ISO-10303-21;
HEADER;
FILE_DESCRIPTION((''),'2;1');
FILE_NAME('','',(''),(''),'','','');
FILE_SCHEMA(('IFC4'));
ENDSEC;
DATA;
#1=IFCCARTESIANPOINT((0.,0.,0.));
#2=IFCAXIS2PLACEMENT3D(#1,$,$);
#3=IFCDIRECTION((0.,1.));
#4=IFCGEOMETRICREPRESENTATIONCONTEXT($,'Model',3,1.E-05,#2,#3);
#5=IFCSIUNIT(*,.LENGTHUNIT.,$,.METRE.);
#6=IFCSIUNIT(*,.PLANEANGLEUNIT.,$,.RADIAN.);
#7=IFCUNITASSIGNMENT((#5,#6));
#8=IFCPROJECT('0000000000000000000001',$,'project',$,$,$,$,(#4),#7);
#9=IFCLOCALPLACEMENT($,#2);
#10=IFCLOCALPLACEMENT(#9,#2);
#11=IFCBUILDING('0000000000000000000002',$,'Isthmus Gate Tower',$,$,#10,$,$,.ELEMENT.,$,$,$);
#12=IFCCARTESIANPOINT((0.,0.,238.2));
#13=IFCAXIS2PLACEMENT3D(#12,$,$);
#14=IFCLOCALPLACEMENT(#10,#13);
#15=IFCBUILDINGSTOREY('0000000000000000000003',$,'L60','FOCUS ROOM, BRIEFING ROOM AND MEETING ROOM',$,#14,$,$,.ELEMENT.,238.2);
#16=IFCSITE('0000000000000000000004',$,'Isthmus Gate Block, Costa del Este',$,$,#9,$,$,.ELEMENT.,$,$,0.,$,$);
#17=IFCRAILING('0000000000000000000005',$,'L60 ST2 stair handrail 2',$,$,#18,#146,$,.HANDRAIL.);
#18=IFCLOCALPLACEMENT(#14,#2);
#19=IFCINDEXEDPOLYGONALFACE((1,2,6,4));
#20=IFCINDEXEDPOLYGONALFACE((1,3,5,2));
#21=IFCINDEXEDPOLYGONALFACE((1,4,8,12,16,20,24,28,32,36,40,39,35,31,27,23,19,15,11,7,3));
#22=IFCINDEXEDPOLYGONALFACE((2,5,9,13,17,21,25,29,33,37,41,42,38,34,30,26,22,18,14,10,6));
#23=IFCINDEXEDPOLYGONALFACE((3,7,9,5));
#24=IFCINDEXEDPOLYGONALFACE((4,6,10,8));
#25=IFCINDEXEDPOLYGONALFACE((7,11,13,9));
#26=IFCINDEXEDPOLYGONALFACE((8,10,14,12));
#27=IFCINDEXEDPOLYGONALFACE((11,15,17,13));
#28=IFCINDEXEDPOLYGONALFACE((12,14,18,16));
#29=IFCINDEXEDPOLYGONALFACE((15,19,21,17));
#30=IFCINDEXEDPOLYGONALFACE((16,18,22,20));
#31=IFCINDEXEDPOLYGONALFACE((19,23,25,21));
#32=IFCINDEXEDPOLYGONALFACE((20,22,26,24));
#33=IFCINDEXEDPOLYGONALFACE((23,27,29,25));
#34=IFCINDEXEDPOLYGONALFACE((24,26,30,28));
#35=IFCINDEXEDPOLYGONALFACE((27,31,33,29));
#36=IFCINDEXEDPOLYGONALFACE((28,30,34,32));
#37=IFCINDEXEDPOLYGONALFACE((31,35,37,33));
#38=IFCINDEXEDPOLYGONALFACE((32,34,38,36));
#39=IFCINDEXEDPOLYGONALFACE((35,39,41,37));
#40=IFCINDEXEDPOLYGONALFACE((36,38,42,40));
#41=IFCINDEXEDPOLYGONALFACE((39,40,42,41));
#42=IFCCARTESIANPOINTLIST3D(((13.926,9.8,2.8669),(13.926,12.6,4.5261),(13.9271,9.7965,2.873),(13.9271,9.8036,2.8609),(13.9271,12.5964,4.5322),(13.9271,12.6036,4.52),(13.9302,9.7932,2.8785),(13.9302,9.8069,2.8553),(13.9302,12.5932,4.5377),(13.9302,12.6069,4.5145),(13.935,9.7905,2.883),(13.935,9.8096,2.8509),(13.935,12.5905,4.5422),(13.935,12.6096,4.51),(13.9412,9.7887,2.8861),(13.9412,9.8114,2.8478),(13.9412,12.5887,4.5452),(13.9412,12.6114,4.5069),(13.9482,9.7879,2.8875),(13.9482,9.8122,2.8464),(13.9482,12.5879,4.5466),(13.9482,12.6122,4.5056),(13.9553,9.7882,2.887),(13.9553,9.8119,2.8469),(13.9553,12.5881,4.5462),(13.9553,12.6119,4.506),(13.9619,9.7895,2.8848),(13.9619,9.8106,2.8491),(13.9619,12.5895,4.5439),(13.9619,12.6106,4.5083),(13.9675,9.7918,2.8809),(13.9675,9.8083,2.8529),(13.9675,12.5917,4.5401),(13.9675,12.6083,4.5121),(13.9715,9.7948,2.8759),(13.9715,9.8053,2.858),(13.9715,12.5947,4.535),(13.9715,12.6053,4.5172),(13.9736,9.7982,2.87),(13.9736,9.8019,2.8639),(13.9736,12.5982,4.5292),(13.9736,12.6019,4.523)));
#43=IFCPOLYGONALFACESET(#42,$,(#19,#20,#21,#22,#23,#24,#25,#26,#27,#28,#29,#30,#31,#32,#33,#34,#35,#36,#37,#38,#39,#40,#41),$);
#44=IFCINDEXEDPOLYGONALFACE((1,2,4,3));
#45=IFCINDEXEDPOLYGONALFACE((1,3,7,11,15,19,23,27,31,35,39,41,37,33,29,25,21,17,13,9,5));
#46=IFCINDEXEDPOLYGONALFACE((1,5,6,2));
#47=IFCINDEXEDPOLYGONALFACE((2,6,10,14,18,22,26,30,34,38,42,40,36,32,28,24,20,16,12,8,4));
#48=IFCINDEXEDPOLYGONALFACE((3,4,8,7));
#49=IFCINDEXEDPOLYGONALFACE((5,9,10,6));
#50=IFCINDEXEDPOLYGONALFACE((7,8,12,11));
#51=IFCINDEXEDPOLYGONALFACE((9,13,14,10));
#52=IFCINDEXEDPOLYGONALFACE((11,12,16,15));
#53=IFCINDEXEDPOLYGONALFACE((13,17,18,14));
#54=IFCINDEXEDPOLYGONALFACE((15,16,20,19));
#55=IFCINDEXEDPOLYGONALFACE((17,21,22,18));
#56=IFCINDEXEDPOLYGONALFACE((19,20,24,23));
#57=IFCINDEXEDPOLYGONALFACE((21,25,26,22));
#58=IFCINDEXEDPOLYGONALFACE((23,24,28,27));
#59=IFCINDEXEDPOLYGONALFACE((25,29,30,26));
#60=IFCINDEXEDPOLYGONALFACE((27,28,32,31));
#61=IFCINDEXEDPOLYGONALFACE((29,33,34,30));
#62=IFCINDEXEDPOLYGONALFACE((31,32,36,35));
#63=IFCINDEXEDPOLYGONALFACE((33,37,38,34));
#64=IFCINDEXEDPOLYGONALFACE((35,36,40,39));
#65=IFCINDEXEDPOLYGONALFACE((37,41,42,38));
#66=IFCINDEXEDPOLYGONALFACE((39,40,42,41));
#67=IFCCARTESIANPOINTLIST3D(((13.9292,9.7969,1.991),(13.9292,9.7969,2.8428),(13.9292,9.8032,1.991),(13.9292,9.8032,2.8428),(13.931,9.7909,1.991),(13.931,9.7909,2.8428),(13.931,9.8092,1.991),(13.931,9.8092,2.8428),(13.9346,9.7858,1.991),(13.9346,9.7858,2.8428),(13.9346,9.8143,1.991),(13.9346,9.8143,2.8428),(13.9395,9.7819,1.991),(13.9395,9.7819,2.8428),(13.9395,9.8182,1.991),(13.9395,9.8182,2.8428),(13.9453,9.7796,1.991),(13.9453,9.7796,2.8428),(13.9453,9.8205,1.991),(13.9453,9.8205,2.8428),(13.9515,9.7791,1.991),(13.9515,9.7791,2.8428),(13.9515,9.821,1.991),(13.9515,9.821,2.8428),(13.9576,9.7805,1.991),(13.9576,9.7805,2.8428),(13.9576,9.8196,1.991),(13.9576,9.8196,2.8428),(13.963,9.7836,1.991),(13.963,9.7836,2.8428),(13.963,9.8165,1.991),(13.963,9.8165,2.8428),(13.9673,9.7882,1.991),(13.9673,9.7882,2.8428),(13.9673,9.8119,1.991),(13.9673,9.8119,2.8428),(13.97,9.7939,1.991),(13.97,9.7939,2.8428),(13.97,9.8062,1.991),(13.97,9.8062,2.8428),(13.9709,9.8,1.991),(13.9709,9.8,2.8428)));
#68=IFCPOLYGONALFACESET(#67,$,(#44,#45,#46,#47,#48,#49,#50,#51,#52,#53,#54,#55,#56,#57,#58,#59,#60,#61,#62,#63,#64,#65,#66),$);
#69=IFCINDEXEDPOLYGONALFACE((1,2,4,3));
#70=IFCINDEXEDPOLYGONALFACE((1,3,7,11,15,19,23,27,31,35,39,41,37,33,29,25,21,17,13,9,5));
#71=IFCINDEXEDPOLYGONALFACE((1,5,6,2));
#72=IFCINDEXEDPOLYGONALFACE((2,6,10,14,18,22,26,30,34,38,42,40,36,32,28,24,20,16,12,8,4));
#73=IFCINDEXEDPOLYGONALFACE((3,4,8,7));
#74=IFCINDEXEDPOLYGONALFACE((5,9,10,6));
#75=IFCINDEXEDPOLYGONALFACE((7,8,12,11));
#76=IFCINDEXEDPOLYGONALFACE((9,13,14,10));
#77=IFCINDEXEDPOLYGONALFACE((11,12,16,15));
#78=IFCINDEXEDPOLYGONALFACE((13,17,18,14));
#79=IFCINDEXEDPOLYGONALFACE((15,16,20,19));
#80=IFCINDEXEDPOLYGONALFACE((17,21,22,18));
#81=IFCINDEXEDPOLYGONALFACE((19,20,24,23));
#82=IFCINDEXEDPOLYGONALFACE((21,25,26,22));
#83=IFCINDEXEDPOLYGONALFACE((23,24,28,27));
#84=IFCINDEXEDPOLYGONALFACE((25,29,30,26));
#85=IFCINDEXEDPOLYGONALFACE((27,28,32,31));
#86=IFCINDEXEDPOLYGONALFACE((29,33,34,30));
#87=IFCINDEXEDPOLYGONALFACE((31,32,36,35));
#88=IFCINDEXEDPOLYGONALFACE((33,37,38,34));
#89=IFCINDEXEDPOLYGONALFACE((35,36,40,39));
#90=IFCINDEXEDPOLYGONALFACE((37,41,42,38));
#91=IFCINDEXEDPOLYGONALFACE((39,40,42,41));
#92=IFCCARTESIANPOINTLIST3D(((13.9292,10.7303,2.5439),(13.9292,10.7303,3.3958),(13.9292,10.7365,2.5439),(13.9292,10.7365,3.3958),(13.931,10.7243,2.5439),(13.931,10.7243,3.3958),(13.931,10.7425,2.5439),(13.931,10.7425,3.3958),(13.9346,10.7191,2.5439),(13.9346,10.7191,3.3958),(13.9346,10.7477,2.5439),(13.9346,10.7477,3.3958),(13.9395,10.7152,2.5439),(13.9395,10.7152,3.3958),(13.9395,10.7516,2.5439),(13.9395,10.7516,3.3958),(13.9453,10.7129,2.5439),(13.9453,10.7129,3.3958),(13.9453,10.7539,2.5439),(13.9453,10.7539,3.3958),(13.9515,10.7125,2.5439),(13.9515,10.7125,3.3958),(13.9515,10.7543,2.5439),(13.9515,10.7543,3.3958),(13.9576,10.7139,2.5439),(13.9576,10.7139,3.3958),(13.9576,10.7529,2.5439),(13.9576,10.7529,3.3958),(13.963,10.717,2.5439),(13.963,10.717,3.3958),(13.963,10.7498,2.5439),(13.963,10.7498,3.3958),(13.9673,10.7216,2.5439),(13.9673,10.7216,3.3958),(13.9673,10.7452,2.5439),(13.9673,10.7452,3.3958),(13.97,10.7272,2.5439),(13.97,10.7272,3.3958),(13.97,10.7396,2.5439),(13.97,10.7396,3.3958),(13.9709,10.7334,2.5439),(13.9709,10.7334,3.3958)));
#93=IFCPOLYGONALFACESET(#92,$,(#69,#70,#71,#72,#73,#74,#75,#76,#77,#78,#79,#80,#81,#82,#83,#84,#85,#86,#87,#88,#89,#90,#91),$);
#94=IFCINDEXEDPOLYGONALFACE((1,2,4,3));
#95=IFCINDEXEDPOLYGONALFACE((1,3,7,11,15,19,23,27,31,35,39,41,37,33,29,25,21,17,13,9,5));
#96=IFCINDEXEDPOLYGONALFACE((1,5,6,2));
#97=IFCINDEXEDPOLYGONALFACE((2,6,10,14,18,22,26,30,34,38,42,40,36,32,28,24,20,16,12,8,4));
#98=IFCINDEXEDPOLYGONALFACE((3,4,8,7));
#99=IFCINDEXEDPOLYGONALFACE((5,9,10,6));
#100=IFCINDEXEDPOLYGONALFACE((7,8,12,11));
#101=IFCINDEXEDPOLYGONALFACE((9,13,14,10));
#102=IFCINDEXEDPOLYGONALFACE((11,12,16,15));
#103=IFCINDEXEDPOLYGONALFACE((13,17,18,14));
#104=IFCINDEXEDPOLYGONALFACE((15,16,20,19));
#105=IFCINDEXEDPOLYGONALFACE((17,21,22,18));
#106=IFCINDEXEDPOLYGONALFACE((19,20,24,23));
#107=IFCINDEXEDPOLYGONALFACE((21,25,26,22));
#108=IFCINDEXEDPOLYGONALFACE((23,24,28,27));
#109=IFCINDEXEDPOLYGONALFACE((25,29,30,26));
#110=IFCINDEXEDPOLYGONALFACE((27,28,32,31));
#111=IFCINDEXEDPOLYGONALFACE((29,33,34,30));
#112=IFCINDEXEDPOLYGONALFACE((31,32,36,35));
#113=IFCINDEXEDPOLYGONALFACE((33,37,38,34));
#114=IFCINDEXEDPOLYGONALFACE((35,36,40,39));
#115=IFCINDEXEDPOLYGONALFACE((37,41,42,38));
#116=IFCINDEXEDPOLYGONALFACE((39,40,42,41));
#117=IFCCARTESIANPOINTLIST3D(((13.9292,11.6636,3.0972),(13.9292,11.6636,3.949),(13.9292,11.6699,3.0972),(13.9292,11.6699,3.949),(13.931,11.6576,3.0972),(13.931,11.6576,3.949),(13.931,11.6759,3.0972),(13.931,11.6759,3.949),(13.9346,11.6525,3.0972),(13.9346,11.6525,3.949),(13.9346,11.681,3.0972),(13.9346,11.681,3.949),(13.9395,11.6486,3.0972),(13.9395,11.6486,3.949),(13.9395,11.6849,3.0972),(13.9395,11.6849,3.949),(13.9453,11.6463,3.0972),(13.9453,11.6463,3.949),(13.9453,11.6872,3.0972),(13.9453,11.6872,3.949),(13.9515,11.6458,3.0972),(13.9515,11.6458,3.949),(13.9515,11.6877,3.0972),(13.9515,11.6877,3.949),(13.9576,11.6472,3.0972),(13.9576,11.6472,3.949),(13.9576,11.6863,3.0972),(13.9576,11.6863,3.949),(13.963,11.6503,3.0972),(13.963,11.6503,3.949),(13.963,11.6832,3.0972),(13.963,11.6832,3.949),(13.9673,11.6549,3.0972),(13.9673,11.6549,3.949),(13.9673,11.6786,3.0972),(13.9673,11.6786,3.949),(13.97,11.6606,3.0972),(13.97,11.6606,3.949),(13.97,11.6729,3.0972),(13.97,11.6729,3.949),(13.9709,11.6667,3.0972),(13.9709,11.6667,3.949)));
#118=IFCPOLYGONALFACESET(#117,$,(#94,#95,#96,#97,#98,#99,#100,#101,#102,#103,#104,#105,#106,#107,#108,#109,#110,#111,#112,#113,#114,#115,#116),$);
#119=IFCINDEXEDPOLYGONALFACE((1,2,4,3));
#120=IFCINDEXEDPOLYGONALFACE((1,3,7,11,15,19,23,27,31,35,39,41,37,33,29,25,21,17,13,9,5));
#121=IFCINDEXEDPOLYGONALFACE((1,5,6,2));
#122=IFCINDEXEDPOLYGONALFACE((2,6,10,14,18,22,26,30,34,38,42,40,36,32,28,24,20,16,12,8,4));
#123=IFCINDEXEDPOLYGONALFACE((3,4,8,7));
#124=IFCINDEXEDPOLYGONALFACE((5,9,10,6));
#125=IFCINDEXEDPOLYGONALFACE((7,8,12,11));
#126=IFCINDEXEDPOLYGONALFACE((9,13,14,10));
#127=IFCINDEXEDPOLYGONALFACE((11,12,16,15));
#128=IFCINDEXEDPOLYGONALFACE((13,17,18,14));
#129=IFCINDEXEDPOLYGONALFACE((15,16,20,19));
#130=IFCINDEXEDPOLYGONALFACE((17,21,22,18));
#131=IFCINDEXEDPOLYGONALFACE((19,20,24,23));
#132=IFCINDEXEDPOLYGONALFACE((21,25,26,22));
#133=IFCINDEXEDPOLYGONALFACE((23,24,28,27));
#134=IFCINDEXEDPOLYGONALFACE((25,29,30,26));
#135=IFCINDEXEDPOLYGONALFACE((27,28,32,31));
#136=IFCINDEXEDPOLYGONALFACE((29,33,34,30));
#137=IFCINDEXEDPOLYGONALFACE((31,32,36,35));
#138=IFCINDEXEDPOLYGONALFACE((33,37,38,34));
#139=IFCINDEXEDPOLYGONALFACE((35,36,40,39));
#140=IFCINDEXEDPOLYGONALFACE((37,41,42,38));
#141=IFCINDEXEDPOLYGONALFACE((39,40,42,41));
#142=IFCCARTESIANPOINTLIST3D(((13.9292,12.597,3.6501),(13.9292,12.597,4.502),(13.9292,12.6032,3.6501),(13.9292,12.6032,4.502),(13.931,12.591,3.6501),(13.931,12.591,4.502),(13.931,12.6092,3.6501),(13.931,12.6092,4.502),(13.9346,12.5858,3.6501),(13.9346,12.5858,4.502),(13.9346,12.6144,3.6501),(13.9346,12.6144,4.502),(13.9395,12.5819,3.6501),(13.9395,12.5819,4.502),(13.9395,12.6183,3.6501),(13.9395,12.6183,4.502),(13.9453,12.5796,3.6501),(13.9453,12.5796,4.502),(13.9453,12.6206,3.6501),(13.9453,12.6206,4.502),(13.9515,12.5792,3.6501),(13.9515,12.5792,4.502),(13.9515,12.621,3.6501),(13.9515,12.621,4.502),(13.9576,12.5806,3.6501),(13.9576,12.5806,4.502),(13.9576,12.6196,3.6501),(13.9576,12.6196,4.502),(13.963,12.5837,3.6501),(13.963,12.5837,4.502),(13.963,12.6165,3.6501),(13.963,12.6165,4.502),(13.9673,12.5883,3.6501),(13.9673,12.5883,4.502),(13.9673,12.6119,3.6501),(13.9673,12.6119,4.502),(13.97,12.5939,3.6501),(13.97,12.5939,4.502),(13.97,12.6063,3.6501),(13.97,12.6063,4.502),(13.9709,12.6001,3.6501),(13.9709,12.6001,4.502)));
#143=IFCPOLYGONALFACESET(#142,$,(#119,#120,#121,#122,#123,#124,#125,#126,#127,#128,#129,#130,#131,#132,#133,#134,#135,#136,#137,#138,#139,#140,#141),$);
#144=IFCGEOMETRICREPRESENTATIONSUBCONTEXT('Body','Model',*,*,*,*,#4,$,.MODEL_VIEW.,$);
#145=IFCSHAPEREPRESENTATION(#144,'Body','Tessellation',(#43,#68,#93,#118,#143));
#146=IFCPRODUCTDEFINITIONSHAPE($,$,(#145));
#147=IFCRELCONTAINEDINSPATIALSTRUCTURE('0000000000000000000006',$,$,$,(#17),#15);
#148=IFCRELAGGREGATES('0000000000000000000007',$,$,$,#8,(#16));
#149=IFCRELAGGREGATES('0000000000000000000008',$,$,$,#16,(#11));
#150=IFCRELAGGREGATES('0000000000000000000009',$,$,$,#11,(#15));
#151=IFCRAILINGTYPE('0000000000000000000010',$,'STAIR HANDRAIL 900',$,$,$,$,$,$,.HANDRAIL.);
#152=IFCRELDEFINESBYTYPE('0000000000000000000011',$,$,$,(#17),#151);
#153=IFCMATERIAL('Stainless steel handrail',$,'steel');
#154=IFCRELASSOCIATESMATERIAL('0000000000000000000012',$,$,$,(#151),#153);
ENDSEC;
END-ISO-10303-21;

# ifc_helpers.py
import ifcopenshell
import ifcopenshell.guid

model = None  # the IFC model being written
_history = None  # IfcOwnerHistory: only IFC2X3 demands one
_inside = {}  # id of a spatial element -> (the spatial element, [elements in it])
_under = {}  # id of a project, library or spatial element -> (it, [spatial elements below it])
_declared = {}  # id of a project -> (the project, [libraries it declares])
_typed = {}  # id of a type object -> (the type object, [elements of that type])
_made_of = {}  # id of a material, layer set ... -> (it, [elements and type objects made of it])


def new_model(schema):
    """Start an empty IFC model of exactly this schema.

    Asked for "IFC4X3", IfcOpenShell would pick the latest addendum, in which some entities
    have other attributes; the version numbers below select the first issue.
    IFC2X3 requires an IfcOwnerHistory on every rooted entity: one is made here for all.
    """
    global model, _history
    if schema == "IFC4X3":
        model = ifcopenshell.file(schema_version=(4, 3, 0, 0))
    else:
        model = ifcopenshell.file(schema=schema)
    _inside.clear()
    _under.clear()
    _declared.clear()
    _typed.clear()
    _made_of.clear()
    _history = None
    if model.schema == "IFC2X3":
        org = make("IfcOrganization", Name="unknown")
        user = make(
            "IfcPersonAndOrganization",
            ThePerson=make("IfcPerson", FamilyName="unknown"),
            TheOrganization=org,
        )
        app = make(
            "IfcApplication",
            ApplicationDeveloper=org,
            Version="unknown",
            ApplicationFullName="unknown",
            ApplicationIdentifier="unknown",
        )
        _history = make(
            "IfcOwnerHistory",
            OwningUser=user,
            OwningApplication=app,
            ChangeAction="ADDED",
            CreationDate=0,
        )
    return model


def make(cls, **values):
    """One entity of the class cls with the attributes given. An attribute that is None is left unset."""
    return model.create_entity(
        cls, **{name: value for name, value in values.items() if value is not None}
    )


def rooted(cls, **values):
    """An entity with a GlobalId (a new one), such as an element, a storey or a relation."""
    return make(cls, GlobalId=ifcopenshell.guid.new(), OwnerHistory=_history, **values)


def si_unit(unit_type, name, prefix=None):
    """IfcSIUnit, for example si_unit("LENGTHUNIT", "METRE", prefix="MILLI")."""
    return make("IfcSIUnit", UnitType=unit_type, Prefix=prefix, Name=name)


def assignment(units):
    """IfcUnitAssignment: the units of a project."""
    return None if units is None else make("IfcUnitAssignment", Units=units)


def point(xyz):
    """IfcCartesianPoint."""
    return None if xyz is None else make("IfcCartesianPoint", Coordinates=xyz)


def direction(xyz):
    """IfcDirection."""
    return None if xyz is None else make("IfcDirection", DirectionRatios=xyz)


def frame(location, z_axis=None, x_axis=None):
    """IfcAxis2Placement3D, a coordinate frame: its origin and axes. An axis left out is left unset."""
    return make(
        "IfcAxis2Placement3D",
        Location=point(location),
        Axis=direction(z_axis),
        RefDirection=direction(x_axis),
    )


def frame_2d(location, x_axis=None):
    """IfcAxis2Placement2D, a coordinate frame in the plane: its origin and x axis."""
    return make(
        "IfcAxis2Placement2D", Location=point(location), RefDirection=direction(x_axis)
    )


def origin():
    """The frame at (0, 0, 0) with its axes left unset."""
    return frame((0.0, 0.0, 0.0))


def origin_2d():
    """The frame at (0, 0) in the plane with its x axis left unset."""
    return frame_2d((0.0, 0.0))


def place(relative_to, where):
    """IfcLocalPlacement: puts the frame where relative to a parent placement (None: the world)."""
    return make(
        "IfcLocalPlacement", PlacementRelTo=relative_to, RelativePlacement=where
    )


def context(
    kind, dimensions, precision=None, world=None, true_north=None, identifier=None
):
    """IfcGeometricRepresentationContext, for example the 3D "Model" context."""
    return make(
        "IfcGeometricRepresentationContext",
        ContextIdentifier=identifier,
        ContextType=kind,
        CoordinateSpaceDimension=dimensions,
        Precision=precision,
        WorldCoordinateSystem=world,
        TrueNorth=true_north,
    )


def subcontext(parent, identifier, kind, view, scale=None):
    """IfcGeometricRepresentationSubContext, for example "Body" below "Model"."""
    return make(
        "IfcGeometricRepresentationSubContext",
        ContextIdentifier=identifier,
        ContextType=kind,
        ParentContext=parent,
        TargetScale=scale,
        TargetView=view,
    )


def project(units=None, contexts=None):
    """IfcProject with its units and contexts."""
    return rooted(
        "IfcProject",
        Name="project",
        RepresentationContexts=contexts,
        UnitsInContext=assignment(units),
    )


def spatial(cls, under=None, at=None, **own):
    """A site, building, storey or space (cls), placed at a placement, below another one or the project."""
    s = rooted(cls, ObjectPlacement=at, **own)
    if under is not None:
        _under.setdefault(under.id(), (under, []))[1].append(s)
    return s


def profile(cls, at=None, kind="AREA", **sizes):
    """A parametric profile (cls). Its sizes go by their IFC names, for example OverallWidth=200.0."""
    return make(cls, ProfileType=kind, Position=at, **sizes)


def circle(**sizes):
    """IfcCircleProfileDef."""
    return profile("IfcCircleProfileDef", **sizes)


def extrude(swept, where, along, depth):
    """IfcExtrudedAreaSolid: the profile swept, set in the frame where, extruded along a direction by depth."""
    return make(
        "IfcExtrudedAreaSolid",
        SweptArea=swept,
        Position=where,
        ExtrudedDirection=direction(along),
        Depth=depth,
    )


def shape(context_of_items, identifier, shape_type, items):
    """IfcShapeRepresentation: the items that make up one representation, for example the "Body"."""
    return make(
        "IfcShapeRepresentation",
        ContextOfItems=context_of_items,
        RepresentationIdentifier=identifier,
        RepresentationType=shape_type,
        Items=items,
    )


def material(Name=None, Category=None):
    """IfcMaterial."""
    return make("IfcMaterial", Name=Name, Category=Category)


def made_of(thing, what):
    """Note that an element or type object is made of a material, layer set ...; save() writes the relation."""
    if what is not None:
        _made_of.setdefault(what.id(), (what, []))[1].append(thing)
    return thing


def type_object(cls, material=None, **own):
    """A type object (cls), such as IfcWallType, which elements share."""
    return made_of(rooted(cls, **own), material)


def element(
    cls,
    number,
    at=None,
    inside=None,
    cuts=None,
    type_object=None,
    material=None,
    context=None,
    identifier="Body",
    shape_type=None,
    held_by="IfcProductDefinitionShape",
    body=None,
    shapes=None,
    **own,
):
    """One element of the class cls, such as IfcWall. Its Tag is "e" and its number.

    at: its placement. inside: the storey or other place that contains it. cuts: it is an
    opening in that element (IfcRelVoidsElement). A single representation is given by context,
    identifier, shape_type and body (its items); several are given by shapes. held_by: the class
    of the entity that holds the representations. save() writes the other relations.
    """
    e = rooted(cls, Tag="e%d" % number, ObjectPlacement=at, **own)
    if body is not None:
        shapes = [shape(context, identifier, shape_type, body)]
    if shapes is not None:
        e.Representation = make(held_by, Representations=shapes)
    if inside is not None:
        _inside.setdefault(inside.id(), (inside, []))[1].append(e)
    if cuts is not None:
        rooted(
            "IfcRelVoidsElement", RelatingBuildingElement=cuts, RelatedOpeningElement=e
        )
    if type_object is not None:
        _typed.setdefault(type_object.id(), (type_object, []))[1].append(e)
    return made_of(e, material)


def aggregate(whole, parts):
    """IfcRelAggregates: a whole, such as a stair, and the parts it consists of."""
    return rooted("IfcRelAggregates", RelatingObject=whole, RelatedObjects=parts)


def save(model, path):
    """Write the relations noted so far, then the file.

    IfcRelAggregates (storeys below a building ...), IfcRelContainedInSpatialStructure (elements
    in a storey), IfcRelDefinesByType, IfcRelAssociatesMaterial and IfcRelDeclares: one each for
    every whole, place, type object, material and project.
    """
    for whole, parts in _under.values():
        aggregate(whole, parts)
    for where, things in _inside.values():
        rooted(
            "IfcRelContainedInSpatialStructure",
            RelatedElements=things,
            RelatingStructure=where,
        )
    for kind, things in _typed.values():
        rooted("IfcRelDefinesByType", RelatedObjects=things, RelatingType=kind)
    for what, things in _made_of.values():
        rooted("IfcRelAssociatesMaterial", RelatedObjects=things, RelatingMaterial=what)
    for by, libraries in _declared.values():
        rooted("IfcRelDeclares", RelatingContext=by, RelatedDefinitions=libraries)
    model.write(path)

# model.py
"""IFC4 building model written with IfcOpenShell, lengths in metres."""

from ifc_helpers import new_model, si_unit, direction, frame, origin, origin_2d, place, context, subcontext, project, spatial, circle, extrude, material, type_object, element, save


model = new_model("IFC4")

# Units and contexts
model_context = context("Model", 3, precision=1e-05, world=origin(), true_north=direction((0.0, 1.0)))
body_context = subcontext(model_context, "Body", "Model", "MODEL_VIEW")
ifc_project = project(units=[si_unit("LENGTHUNIT", "METRE"), si_unit("PLANEANGLEUNIT", "RADIAN")], contexts=[model_context])

# Site, building, storey
site_placement = place(None, origin())
site = spatial("IfcSite", under=ifc_project, at=site_placement, Name="Isthmus Gate Block, Costa del Este", CompositionType="ELEMENT", RefElevation=0.0)
building_placement = place(site_placement, origin())
building = spatial("IfcBuilding", under=site, at=building_placement, Name="Isthmus Gate Tower", CompositionType="ELEMENT")
storey_placement = place(building_placement, frame((0.0, 0.0, 238.2)))
storey = spatial("IfcBuildingStorey", under=building, at=storey_placement, Name="L60", Description="FOCUS ROOM, BRIEFING ROOM AND MEETING ROOM", CompositionType="ELEMENT", Elevation=238.2)

# Railing
ifc_material_1 = material(Name="Stainless steel handrail", Category="steel")
railing_type_1 = type_object("IfcRailingType", Name="STAIR HANDRAIL 900", PredefinedType="HANDRAIL", material=ifc_material_1)
railing_1_placement = place(storey_placement, frame((13.95, 9.8, 1.991)))
element("IfcRailing", 1, at=railing_1_placement, inside=storey, type_object=railing_type_1, Name="L60 ST2 stair handrail 2", PredefinedType="HANDRAIL", context=body_context, shape_type="SweptSolid", body=[
    extrude(circle(Radius=0.0239, at=origin_2d()), frame((0.0, 0.0, 0.876), z_axis=(0.0, 0.860306, 0.509778), x_axis=(-1.0, 0.0, 0.0)), (0.0, 0.0, 1.0), 3.2546),
    extrude(circle(Radius=0.021, at=origin_2d()), origin(), (0.0, 0.0, 1.0), 0.8518),
    extrude(circle(Radius=0.021, at=origin_2d()), frame((0.0, 0.9333, 0.553)), (0.0, 0.0, 1.0), 0.8518),
    extrude(circle(Radius=0.021, at=origin_2d()), frame((0.0, 1.8667, 1.1062)), (0.0, 0.0, 1.0), 0.8518),
    extrude(circle(Radius=0.021, at=origin_2d()), frame((0.0, 2.8, 1.6592)), (0.0, 0.0, 1.0), 0.8518),
])

save(model, "model.ifc")
